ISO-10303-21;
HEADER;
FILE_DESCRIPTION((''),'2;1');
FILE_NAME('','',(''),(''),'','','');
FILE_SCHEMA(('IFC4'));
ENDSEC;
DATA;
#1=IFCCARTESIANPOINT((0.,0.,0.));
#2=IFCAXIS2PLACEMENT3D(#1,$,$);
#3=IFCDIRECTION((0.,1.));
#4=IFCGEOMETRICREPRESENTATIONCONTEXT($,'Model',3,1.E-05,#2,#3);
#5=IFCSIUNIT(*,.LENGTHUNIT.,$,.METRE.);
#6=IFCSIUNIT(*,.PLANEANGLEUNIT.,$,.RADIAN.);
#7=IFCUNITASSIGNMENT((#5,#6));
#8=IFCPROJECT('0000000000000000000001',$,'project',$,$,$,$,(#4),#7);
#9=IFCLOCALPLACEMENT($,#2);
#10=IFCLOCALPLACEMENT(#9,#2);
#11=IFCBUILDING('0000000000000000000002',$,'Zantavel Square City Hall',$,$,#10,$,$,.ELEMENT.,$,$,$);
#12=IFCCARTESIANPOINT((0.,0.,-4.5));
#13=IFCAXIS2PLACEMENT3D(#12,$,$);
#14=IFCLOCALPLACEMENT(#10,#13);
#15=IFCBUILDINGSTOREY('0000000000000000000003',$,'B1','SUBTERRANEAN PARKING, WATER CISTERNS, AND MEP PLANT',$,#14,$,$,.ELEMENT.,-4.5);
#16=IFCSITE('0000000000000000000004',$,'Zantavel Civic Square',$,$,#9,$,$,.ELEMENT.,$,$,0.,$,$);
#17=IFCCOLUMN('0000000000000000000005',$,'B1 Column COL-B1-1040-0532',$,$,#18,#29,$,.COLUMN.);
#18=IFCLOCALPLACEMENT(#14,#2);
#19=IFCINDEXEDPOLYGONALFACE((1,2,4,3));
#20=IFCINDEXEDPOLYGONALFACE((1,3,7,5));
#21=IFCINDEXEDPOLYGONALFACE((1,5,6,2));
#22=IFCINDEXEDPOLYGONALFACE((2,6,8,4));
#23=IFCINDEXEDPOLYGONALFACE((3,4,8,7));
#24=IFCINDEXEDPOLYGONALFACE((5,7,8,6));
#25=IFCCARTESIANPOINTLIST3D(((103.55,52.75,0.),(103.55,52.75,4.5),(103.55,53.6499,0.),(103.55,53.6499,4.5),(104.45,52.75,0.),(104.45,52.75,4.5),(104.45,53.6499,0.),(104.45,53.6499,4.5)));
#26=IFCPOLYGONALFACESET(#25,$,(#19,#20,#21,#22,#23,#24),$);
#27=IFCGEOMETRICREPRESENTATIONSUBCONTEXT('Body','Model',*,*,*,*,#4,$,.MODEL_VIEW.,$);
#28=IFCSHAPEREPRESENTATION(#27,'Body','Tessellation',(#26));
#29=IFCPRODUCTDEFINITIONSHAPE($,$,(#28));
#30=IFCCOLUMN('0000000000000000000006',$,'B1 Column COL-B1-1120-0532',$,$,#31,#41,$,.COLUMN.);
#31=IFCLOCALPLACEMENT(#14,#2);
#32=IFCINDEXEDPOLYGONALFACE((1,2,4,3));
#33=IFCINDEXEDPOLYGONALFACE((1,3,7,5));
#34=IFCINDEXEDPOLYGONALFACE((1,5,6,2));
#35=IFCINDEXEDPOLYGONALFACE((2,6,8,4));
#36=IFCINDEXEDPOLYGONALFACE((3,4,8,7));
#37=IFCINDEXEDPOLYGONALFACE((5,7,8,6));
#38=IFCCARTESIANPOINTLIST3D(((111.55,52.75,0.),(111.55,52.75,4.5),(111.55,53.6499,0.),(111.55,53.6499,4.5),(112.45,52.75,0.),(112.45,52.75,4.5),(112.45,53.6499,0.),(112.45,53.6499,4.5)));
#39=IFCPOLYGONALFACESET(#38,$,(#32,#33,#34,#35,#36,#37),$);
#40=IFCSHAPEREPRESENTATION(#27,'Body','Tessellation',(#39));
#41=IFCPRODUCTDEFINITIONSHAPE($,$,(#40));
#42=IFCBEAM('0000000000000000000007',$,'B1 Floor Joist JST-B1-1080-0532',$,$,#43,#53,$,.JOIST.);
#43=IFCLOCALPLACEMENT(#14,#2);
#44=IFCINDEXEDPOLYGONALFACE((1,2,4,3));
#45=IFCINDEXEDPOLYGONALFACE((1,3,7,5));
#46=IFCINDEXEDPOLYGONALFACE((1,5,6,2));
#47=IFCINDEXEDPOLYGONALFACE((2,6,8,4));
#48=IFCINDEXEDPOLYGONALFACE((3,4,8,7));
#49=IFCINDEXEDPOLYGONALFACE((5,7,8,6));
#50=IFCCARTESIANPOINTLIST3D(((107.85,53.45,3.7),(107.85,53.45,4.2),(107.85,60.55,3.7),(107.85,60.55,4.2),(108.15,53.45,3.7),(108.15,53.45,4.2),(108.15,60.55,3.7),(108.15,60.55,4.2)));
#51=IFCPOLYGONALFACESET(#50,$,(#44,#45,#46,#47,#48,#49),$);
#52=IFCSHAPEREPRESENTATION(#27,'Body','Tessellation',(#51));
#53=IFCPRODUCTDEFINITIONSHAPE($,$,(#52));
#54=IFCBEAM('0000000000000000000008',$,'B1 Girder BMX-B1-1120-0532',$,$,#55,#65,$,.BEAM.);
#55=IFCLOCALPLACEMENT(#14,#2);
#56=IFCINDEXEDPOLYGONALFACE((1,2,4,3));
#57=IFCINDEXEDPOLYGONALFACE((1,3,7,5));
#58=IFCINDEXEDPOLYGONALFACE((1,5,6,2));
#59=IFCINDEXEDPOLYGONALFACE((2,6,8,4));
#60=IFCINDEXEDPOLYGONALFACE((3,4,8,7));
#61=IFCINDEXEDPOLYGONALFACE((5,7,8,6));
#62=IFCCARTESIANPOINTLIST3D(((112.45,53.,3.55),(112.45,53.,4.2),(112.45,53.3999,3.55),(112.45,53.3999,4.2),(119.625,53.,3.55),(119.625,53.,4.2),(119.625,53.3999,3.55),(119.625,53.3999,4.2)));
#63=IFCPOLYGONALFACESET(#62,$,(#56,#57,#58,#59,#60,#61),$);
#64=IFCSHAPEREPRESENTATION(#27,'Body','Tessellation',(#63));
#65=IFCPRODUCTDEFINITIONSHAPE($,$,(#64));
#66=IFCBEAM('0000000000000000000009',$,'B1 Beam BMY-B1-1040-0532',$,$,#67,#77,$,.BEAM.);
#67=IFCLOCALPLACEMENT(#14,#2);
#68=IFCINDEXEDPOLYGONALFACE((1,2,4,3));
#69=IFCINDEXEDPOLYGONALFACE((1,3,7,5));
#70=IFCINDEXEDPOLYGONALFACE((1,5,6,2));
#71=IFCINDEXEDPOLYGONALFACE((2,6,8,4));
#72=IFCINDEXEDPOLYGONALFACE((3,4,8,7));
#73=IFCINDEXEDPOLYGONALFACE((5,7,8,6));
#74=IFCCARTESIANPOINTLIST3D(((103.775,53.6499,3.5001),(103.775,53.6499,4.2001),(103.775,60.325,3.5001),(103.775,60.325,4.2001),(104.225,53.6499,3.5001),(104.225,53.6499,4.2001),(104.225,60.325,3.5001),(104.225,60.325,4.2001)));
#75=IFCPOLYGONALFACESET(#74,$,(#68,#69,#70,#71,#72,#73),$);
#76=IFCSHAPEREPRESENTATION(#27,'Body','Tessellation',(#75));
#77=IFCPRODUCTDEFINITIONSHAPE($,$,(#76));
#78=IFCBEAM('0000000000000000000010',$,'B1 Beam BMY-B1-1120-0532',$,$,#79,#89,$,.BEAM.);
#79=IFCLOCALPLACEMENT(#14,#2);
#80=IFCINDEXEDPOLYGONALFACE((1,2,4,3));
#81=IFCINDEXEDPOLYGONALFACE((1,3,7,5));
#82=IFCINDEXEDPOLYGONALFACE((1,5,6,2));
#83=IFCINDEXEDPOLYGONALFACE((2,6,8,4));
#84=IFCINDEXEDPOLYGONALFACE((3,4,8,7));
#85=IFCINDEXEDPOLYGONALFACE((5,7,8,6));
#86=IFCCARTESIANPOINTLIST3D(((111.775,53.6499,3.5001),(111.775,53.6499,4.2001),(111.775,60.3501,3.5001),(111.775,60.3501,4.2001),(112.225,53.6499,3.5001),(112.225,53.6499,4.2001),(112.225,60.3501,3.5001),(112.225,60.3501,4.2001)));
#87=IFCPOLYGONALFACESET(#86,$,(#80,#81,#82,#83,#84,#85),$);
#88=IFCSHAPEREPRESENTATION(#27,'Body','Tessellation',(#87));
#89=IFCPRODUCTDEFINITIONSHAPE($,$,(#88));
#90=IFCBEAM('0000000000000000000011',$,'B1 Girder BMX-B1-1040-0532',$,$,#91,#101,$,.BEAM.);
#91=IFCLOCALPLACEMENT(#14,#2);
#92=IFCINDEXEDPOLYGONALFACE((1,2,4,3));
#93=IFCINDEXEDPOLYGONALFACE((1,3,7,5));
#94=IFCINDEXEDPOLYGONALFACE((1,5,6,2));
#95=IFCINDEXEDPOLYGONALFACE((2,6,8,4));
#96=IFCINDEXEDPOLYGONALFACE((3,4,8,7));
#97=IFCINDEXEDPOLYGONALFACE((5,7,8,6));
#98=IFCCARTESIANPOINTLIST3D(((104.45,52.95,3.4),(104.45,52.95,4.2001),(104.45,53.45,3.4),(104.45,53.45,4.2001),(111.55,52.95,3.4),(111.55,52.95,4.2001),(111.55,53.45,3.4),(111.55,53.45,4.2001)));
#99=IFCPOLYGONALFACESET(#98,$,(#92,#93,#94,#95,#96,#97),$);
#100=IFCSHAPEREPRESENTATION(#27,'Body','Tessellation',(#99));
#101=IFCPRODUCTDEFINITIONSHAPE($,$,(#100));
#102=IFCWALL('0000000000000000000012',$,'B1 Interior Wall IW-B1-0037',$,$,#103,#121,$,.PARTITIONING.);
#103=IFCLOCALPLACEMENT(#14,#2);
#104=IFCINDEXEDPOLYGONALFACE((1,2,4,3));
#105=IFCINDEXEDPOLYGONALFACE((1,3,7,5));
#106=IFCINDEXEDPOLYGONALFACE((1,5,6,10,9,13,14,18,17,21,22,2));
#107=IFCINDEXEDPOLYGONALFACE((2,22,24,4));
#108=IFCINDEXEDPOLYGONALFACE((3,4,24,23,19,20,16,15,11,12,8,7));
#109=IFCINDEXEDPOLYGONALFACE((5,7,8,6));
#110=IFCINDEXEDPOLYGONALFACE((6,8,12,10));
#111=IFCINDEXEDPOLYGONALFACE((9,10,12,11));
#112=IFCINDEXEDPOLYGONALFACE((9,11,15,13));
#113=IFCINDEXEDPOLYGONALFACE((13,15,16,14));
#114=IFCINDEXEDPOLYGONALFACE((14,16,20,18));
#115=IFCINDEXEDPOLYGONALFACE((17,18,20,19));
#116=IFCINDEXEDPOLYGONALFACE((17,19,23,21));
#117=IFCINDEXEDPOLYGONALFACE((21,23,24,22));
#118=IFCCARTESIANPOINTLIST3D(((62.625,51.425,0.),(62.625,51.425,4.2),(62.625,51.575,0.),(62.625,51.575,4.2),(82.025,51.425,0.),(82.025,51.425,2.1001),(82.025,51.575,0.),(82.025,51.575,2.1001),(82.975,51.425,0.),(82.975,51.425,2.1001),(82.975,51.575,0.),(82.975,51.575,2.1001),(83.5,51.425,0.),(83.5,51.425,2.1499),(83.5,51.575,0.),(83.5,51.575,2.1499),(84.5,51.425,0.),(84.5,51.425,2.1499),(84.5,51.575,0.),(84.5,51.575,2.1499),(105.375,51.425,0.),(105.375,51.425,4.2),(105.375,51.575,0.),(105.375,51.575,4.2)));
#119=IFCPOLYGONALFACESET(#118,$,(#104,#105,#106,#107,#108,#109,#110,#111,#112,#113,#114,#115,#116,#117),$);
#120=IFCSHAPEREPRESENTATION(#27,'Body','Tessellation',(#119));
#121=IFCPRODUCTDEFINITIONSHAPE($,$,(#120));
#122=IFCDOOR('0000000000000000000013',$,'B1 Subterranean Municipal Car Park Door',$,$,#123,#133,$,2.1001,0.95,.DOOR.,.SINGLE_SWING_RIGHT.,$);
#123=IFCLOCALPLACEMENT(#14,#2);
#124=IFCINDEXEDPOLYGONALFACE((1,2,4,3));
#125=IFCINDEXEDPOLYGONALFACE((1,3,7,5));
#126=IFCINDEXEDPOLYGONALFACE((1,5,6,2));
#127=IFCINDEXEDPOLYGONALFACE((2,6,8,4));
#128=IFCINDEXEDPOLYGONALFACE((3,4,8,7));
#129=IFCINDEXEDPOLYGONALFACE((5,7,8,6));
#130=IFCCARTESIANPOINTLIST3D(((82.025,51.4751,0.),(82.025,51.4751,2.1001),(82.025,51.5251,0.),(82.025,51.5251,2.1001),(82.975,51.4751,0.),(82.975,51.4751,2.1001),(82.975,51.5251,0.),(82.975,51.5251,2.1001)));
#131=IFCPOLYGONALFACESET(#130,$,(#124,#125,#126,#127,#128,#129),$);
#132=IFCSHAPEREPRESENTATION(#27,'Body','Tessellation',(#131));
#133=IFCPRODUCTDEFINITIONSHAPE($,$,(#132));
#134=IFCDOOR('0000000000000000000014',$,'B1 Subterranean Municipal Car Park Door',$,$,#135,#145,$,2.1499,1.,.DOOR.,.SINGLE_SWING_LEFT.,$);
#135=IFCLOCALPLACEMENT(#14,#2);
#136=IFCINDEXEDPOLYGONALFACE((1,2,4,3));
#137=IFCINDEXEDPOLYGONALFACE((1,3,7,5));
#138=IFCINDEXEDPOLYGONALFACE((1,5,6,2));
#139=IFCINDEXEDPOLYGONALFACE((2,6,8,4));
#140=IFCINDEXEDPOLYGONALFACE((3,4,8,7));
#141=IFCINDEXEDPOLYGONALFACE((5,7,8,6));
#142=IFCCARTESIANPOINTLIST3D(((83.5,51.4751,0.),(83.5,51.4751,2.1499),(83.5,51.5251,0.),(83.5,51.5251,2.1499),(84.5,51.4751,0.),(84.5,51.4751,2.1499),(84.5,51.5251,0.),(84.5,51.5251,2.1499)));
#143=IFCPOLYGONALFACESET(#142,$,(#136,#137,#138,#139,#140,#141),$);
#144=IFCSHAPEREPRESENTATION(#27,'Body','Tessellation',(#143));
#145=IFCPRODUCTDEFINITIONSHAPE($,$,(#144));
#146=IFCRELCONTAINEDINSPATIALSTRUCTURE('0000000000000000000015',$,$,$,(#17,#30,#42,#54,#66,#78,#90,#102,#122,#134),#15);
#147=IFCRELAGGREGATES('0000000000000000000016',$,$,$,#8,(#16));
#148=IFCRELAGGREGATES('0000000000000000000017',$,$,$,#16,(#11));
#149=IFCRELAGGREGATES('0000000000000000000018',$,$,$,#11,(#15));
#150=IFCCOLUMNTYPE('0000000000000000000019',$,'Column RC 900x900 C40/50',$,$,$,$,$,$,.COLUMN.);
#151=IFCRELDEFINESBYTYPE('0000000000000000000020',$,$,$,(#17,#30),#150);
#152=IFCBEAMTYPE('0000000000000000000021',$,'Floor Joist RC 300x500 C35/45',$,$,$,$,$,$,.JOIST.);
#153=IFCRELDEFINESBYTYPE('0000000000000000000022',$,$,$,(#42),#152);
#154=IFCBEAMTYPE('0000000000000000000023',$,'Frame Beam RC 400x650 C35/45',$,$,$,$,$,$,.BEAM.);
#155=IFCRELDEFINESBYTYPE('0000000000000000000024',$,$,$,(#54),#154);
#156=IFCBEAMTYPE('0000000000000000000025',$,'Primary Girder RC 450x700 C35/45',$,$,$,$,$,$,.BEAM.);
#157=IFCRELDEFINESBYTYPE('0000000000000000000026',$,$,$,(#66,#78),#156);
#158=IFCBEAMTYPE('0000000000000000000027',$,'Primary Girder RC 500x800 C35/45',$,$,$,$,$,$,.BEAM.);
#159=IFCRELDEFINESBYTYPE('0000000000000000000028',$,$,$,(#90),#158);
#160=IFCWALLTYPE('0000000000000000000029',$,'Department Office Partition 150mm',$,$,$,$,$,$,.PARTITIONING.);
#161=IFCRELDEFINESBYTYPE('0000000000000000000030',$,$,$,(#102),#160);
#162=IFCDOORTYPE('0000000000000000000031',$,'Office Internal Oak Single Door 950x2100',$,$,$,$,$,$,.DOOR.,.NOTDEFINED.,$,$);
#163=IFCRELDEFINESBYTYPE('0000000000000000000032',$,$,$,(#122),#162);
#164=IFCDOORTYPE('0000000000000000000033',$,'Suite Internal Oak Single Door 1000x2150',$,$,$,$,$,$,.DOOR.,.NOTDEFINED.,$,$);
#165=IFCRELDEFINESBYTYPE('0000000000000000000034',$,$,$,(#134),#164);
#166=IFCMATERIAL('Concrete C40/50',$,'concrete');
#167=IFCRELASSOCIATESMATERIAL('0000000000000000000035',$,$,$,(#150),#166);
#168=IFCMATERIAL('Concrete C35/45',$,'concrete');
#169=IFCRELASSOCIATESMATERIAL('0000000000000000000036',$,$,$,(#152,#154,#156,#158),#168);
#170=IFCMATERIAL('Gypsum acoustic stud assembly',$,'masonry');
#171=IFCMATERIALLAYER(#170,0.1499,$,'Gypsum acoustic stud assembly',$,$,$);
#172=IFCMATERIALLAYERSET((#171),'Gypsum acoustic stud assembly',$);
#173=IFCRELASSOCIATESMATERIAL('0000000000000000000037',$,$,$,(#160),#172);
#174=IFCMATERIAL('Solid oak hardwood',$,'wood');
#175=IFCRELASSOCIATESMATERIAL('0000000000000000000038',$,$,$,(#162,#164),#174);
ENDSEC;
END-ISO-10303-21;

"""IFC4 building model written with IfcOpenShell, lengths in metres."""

from ifc_helpers import new_model, si_unit, direction, frame, frame_2d, origin, origin_2d, place, context, subcontext, project, spatial, rectangle, extrude, material, layer, layer_set, material_profile, profile_set, type_object, element, fill, save


model = new_model("IFC4")

# Units and contexts
model_context = context("Model", 3, precision=1e-05, world=origin(), true_north=direction((0.0, 1.0)))
body_context = subcontext(model_context, "Body", "Model", "MODEL_VIEW")
ifc_project = project(units=[si_unit("LENGTHUNIT", "METRE"), si_unit("PLANEANGLEUNIT", "RADIAN")], contexts=[model_context])

# Site, building, storey
site_placement = place(None, origin())
site = spatial("IfcSite", under=ifc_project, at=site_placement, Name="Zantavel Civic Square", CompositionType="ELEMENT", RefElevation=0.0)
building_placement = place(site_placement, origin())
building = spatial("IfcBuilding", under=site, at=building_placement, Name="Zantavel Square City Hall", CompositionType="ELEMENT")
storey_placement = place(building_placement, frame((0.0, 0.0, -4.5)))
storey = spatial("IfcBuildingStorey", under=building, at=storey_placement, Name="B1", Description="SUBTERRANEAN PARKING, WATER CISTERNS, AND MEP PLANT", CompositionType="ELEMENT", Elevation=-4.5)

# Shared definitions
ifc_material_1 = material(Name="Concrete C35/45", Category="concrete")

# Shared definitions
ifc_material_2 = material(Name="Concrete C40/50", Category="concrete")

# Columns
ifc_material_profile_1 = material_profile(ifc_material_2, rectangle(XDim=0.8999, YDim=0.8999, at=origin_2d()), Name="RC 900x900")
ifc_profile_set_1 = profile_set([ifc_material_profile_1], Name="Concrete C40/50")
column_type = type_object("IfcColumnType", Name="Column RC 900x900 C40/50", PredefinedType="COLUMN", material=ifc_profile_set_1)
for number, where, z_axis, x_axis, name in (
    (1, (104.0, 53.2, 0.0), (0.0, 0.0, 1.0), (1.0, 0.0, 0.0), "B1 Column COL-B1-1040-0532"),
    (2, (112.0, 53.2, 0.0), (0.0, 0.0, 1.0), (1.0, 0.0, 0.0), "B1 Column COL-B1-1120-0532"),
):
    element("IfcColumn", number, at=place(storey_placement, frame(where, z_axis=z_axis, x_axis=x_axis)), inside=storey, type_object=column_type, Name=name, PredefinedType="COLUMN", context=body_context, shape_type="SweptSolid", body=[
        extrude(rectangle(XDim=0.8999, YDim=0.8999, at=origin_2d()), origin(), (0.0, 0.0, 1.0), 4.5),
    ])

# Beams
ifc_material_profile_2 = material_profile(ifc_material_1, rectangle(XDim=0.3, YDim=0.5, at=origin_2d()), Name="RC 300x500")
ifc_profile_set_2 = profile_set([ifc_material_profile_2], Name="Concrete C35/45")
beam_type_1 = type_object("IfcBeamType", Name="Floor Joist RC 300x500 C35/45", PredefinedType="JOIST", material=ifc_profile_set_2)
beam_1_placement = place(storey_placement, frame((108.0, 53.45, 3.95), z_axis=(0.0, 1.0, 0.0), x_axis=(-1.0, 0.0, 0.0)))
element("IfcBeam", 3, at=beam_1_placement, inside=storey, type_object=beam_type_1, Name="B1 Floor Joist JST-B1-1080-0532", PredefinedType="JOIST", context=body_context, shape_type="SweptSolid", body=[
    extrude(rectangle(XDim=0.3, YDim=0.5, at=origin_2d()), origin(), (0.0, 0.0, 1.0), 7.1001),
])
ifc_material_profile_3 = material_profile(ifc_material_1, rectangle(XDim=0.3999, YDim=0.6499, at=origin_2d()), Name="RC 400x650")
ifc_profile_set_3 = profile_set([ifc_material_profile_3], Name="Concrete C35/45")
beam_type_2 = type_object("IfcBeamType", Name="Frame Beam RC 400x650 C35/45", PredefinedType="BEAM", material=ifc_profile_set_3)
beam_2_placement = place(storey_placement, frame((112.45, 53.2, 3.875), z_axis=(1.0, 0.0, 0.0), x_axis=(0.0, 1.0, 0.0)))
element("IfcBeam", 4, at=beam_2_placement, inside=storey, type_object=beam_type_2, Name="B1 Girder BMX-B1-1120-0532", PredefinedType="BEAM", context=body_context, shape_type="SweptSolid", body=[
    extrude(rectangle(XDim=0.3999, YDim=0.6499, at=origin_2d()), origin(), (0.0, 0.0, 1.0), 7.175),
])
ifc_material_profile_4 = material_profile(ifc_material_1, rectangle(XDim=0.45, YDim=0.7, at=origin_2d()), Name="RC 450x700")
ifc_profile_set_4 = profile_set([ifc_material_profile_4], Name="Concrete C35/45")
beam_type_3 = type_object("IfcBeamType", Name="Primary Girder RC 450x700 C35/45", PredefinedType="BEAM", material=ifc_profile_set_4)
beam_3_placement = place(storey_placement, frame((104.0, 53.6499, 3.8501), z_axis=(0.0, 1.0, 0.0), x_axis=(-1.0, 0.0, 0.0)))
element("IfcBeam", 5, at=beam_3_placement, inside=storey, type_object=beam_type_3, Name="B1 Beam BMY-B1-1040-0532", PredefinedType="BEAM", context=body_context, shape_type="SweptSolid", body=[
    extrude(rectangle(XDim=0.45, YDim=0.7, at=origin_2d()), origin(), (0.0, 0.0, 1.0), 6.675),
])
beam_4_placement = place(storey_placement, frame((112.0, 53.6499, 3.8501), z_axis=(0.0, 1.0, 0.0), x_axis=(-1.0, 0.0, 0.0)))
element("IfcBeam", 6, at=beam_4_placement, inside=storey, type_object=beam_type_3, Name="B1 Beam BMY-B1-1120-0532", PredefinedType="BEAM", context=body_context, shape_type="SweptSolid", body=[
    extrude(rectangle(XDim=0.45, YDim=0.7, at=origin_2d()), origin(), (0.0, 0.0, 1.0), 6.7002),
])
ifc_material_profile_5 = material_profile(ifc_material_1, rectangle(XDim=0.5, YDim=0.8, at=origin_2d()), Name="RC 500x800")
ifc_profile_set_5 = profile_set([ifc_material_profile_5], Name="Concrete C35/45")
beam_type_4 = type_object("IfcBeamType", Name="Primary Girder RC 500x800 C35/45", PredefinedType="BEAM", material=ifc_profile_set_5)
beam_5_placement = place(storey_placement, frame((104.45, 53.2, 3.8), z_axis=(1.0, 0.0, 0.0), x_axis=(0.0, 1.0, 0.0)))
element("IfcBeam", 7, at=beam_5_placement, inside=storey, type_object=beam_type_4, Name="B1 Girder BMX-B1-1040-0532", PredefinedType="BEAM", context=body_context, shape_type="SweptSolid", body=[
    extrude(rectangle(XDim=0.5, YDim=0.8, at=origin_2d()), origin(), (0.0, 0.0, 1.0), 7.1001),
])

# Wall, openings, doors
ifc_material_3 = material(Name="Gypsum acoustic stud assembly", Category="masonry")
ifc_layer_1 = layer(ifc_material_3, 0.1499, Name="Gypsum acoustic stud assembly")
ifc_layer_set_1 = layer_set([ifc_layer_1], Name="Gypsum acoustic stud assembly")
wall_type = type_object("IfcWallType", Name="Department Office Partition 150mm", PredefinedType="PARTITIONING", material=ifc_layer_set_1)
wall_placement = place(storey_placement, frame((105.375, 51.5, 0.0), z_axis=(0.0, 0.0, 1.0), x_axis=(-1.0, 0.0, 0.0)))
wall = element("IfcWall", 8, at=wall_placement, inside=storey, type_object=wall_type, Name="B1 Interior Wall IW-B1-0037", PredefinedType="PARTITIONING", context=body_context, shape_type="SweptSolid", body=[
    extrude(rectangle(XDim=42.75, YDim=0.1499, at=frame_2d((21.375, 0.0))), origin(), (0.0, 0.0, 1.0), 4.2),
])
opening_1_placement = place(wall_placement, frame((20.875, 0.0, 0.0)))
opening_1 = element("IfcOpeningElement", 9, at=opening_1_placement, cuts=wall, PredefinedType="OPENING", context=body_context, shape_type="SweptSolid", body=[
    extrude(rectangle(XDim=1.0, YDim=2.1499, at=frame_2d((0.5, 1.075))), frame((0.0, 0.085, 0.0), z_axis=(0.0, -1.0, 0.0), x_axis=(1.0, 0.0, 0.0)), (0.0, 0.0, 1.0), 0.1699),
])
opening_2_placement = place(wall_placement, frame((22.3999, 0.0, 0.0)))
opening_2 = element("IfcOpeningElement", 10, at=opening_2_placement, cuts=wall, PredefinedType="OPENING", context=body_context, shape_type="SweptSolid", body=[
    extrude(rectangle(XDim=0.95, YDim=2.1001, at=frame_2d((0.4751, 1.05))), frame((0.0, 0.085, 0.0), z_axis=(0.0, -1.0, 0.0), x_axis=(1.0, 0.0, 0.0)), (0.0, 0.0, 1.0), 0.1699),
])
ifc_material_4 = material(Name="Solid oak hardwood", Category="wood")
door_type_1 = type_object("IfcDoorType", Name="Office Internal Oak Single Door 950x2100", OperationType="NOTDEFINED", PredefinedType="DOOR", material=ifc_material_4)
door_1_placement = place(opening_2_placement, origin())
door_1 = element("IfcDoor", 11, at=door_1_placement, inside=storey, type_object=door_type_1, Name="B1 Subterranean Municipal Car Park Door", OperationType="SINGLE_SWING_RIGHT", OverallHeight=2.1001, OverallWidth=0.95, PredefinedType="DOOR", context=body_context, shape_type="SweptSolid", body=[
    extrude(rectangle(XDim=0.95, YDim=2.1001, at=frame_2d((0.4751, 1.05))), frame((0.0, 0.0249, 0.0), z_axis=(0.0, -1.0, 0.0), x_axis=(1.0, 0.0, 0.0)), (0.0, 0.0, 1.0), 0.05),
])
fill(opening_2, door_1)
door_type_2 = type_object("IfcDoorType", Name="Suite Internal Oak Single Door 1000x2150", OperationType="NOTDEFINED", PredefinedType="DOOR", material=ifc_material_4)
door_2_placement = place(opening_1_placement, origin())
door_2 = element("IfcDoor", 12, at=door_2_placement, inside=storey, type_object=door_type_2, Name="B1 Subterranean Municipal Car Park Door", OperationType="SINGLE_SWING_LEFT", OverallHeight=2.1499, OverallWidth=1.0, PredefinedType="DOOR", context=body_context, shape_type="SweptSolid", body=[
    extrude(rectangle(XDim=1.0, YDim=2.1499, at=frame_2d((0.5, 1.075))), frame((0.0, 0.0249, 0.0), z_axis=(0.0, -1.0, 0.0), x_axis=(1.0, 0.0, 0.0)), (0.0, 0.0, 1.0), 0.05),
])
fill(opening_1, door_2)

save(model, "model.ifc")
